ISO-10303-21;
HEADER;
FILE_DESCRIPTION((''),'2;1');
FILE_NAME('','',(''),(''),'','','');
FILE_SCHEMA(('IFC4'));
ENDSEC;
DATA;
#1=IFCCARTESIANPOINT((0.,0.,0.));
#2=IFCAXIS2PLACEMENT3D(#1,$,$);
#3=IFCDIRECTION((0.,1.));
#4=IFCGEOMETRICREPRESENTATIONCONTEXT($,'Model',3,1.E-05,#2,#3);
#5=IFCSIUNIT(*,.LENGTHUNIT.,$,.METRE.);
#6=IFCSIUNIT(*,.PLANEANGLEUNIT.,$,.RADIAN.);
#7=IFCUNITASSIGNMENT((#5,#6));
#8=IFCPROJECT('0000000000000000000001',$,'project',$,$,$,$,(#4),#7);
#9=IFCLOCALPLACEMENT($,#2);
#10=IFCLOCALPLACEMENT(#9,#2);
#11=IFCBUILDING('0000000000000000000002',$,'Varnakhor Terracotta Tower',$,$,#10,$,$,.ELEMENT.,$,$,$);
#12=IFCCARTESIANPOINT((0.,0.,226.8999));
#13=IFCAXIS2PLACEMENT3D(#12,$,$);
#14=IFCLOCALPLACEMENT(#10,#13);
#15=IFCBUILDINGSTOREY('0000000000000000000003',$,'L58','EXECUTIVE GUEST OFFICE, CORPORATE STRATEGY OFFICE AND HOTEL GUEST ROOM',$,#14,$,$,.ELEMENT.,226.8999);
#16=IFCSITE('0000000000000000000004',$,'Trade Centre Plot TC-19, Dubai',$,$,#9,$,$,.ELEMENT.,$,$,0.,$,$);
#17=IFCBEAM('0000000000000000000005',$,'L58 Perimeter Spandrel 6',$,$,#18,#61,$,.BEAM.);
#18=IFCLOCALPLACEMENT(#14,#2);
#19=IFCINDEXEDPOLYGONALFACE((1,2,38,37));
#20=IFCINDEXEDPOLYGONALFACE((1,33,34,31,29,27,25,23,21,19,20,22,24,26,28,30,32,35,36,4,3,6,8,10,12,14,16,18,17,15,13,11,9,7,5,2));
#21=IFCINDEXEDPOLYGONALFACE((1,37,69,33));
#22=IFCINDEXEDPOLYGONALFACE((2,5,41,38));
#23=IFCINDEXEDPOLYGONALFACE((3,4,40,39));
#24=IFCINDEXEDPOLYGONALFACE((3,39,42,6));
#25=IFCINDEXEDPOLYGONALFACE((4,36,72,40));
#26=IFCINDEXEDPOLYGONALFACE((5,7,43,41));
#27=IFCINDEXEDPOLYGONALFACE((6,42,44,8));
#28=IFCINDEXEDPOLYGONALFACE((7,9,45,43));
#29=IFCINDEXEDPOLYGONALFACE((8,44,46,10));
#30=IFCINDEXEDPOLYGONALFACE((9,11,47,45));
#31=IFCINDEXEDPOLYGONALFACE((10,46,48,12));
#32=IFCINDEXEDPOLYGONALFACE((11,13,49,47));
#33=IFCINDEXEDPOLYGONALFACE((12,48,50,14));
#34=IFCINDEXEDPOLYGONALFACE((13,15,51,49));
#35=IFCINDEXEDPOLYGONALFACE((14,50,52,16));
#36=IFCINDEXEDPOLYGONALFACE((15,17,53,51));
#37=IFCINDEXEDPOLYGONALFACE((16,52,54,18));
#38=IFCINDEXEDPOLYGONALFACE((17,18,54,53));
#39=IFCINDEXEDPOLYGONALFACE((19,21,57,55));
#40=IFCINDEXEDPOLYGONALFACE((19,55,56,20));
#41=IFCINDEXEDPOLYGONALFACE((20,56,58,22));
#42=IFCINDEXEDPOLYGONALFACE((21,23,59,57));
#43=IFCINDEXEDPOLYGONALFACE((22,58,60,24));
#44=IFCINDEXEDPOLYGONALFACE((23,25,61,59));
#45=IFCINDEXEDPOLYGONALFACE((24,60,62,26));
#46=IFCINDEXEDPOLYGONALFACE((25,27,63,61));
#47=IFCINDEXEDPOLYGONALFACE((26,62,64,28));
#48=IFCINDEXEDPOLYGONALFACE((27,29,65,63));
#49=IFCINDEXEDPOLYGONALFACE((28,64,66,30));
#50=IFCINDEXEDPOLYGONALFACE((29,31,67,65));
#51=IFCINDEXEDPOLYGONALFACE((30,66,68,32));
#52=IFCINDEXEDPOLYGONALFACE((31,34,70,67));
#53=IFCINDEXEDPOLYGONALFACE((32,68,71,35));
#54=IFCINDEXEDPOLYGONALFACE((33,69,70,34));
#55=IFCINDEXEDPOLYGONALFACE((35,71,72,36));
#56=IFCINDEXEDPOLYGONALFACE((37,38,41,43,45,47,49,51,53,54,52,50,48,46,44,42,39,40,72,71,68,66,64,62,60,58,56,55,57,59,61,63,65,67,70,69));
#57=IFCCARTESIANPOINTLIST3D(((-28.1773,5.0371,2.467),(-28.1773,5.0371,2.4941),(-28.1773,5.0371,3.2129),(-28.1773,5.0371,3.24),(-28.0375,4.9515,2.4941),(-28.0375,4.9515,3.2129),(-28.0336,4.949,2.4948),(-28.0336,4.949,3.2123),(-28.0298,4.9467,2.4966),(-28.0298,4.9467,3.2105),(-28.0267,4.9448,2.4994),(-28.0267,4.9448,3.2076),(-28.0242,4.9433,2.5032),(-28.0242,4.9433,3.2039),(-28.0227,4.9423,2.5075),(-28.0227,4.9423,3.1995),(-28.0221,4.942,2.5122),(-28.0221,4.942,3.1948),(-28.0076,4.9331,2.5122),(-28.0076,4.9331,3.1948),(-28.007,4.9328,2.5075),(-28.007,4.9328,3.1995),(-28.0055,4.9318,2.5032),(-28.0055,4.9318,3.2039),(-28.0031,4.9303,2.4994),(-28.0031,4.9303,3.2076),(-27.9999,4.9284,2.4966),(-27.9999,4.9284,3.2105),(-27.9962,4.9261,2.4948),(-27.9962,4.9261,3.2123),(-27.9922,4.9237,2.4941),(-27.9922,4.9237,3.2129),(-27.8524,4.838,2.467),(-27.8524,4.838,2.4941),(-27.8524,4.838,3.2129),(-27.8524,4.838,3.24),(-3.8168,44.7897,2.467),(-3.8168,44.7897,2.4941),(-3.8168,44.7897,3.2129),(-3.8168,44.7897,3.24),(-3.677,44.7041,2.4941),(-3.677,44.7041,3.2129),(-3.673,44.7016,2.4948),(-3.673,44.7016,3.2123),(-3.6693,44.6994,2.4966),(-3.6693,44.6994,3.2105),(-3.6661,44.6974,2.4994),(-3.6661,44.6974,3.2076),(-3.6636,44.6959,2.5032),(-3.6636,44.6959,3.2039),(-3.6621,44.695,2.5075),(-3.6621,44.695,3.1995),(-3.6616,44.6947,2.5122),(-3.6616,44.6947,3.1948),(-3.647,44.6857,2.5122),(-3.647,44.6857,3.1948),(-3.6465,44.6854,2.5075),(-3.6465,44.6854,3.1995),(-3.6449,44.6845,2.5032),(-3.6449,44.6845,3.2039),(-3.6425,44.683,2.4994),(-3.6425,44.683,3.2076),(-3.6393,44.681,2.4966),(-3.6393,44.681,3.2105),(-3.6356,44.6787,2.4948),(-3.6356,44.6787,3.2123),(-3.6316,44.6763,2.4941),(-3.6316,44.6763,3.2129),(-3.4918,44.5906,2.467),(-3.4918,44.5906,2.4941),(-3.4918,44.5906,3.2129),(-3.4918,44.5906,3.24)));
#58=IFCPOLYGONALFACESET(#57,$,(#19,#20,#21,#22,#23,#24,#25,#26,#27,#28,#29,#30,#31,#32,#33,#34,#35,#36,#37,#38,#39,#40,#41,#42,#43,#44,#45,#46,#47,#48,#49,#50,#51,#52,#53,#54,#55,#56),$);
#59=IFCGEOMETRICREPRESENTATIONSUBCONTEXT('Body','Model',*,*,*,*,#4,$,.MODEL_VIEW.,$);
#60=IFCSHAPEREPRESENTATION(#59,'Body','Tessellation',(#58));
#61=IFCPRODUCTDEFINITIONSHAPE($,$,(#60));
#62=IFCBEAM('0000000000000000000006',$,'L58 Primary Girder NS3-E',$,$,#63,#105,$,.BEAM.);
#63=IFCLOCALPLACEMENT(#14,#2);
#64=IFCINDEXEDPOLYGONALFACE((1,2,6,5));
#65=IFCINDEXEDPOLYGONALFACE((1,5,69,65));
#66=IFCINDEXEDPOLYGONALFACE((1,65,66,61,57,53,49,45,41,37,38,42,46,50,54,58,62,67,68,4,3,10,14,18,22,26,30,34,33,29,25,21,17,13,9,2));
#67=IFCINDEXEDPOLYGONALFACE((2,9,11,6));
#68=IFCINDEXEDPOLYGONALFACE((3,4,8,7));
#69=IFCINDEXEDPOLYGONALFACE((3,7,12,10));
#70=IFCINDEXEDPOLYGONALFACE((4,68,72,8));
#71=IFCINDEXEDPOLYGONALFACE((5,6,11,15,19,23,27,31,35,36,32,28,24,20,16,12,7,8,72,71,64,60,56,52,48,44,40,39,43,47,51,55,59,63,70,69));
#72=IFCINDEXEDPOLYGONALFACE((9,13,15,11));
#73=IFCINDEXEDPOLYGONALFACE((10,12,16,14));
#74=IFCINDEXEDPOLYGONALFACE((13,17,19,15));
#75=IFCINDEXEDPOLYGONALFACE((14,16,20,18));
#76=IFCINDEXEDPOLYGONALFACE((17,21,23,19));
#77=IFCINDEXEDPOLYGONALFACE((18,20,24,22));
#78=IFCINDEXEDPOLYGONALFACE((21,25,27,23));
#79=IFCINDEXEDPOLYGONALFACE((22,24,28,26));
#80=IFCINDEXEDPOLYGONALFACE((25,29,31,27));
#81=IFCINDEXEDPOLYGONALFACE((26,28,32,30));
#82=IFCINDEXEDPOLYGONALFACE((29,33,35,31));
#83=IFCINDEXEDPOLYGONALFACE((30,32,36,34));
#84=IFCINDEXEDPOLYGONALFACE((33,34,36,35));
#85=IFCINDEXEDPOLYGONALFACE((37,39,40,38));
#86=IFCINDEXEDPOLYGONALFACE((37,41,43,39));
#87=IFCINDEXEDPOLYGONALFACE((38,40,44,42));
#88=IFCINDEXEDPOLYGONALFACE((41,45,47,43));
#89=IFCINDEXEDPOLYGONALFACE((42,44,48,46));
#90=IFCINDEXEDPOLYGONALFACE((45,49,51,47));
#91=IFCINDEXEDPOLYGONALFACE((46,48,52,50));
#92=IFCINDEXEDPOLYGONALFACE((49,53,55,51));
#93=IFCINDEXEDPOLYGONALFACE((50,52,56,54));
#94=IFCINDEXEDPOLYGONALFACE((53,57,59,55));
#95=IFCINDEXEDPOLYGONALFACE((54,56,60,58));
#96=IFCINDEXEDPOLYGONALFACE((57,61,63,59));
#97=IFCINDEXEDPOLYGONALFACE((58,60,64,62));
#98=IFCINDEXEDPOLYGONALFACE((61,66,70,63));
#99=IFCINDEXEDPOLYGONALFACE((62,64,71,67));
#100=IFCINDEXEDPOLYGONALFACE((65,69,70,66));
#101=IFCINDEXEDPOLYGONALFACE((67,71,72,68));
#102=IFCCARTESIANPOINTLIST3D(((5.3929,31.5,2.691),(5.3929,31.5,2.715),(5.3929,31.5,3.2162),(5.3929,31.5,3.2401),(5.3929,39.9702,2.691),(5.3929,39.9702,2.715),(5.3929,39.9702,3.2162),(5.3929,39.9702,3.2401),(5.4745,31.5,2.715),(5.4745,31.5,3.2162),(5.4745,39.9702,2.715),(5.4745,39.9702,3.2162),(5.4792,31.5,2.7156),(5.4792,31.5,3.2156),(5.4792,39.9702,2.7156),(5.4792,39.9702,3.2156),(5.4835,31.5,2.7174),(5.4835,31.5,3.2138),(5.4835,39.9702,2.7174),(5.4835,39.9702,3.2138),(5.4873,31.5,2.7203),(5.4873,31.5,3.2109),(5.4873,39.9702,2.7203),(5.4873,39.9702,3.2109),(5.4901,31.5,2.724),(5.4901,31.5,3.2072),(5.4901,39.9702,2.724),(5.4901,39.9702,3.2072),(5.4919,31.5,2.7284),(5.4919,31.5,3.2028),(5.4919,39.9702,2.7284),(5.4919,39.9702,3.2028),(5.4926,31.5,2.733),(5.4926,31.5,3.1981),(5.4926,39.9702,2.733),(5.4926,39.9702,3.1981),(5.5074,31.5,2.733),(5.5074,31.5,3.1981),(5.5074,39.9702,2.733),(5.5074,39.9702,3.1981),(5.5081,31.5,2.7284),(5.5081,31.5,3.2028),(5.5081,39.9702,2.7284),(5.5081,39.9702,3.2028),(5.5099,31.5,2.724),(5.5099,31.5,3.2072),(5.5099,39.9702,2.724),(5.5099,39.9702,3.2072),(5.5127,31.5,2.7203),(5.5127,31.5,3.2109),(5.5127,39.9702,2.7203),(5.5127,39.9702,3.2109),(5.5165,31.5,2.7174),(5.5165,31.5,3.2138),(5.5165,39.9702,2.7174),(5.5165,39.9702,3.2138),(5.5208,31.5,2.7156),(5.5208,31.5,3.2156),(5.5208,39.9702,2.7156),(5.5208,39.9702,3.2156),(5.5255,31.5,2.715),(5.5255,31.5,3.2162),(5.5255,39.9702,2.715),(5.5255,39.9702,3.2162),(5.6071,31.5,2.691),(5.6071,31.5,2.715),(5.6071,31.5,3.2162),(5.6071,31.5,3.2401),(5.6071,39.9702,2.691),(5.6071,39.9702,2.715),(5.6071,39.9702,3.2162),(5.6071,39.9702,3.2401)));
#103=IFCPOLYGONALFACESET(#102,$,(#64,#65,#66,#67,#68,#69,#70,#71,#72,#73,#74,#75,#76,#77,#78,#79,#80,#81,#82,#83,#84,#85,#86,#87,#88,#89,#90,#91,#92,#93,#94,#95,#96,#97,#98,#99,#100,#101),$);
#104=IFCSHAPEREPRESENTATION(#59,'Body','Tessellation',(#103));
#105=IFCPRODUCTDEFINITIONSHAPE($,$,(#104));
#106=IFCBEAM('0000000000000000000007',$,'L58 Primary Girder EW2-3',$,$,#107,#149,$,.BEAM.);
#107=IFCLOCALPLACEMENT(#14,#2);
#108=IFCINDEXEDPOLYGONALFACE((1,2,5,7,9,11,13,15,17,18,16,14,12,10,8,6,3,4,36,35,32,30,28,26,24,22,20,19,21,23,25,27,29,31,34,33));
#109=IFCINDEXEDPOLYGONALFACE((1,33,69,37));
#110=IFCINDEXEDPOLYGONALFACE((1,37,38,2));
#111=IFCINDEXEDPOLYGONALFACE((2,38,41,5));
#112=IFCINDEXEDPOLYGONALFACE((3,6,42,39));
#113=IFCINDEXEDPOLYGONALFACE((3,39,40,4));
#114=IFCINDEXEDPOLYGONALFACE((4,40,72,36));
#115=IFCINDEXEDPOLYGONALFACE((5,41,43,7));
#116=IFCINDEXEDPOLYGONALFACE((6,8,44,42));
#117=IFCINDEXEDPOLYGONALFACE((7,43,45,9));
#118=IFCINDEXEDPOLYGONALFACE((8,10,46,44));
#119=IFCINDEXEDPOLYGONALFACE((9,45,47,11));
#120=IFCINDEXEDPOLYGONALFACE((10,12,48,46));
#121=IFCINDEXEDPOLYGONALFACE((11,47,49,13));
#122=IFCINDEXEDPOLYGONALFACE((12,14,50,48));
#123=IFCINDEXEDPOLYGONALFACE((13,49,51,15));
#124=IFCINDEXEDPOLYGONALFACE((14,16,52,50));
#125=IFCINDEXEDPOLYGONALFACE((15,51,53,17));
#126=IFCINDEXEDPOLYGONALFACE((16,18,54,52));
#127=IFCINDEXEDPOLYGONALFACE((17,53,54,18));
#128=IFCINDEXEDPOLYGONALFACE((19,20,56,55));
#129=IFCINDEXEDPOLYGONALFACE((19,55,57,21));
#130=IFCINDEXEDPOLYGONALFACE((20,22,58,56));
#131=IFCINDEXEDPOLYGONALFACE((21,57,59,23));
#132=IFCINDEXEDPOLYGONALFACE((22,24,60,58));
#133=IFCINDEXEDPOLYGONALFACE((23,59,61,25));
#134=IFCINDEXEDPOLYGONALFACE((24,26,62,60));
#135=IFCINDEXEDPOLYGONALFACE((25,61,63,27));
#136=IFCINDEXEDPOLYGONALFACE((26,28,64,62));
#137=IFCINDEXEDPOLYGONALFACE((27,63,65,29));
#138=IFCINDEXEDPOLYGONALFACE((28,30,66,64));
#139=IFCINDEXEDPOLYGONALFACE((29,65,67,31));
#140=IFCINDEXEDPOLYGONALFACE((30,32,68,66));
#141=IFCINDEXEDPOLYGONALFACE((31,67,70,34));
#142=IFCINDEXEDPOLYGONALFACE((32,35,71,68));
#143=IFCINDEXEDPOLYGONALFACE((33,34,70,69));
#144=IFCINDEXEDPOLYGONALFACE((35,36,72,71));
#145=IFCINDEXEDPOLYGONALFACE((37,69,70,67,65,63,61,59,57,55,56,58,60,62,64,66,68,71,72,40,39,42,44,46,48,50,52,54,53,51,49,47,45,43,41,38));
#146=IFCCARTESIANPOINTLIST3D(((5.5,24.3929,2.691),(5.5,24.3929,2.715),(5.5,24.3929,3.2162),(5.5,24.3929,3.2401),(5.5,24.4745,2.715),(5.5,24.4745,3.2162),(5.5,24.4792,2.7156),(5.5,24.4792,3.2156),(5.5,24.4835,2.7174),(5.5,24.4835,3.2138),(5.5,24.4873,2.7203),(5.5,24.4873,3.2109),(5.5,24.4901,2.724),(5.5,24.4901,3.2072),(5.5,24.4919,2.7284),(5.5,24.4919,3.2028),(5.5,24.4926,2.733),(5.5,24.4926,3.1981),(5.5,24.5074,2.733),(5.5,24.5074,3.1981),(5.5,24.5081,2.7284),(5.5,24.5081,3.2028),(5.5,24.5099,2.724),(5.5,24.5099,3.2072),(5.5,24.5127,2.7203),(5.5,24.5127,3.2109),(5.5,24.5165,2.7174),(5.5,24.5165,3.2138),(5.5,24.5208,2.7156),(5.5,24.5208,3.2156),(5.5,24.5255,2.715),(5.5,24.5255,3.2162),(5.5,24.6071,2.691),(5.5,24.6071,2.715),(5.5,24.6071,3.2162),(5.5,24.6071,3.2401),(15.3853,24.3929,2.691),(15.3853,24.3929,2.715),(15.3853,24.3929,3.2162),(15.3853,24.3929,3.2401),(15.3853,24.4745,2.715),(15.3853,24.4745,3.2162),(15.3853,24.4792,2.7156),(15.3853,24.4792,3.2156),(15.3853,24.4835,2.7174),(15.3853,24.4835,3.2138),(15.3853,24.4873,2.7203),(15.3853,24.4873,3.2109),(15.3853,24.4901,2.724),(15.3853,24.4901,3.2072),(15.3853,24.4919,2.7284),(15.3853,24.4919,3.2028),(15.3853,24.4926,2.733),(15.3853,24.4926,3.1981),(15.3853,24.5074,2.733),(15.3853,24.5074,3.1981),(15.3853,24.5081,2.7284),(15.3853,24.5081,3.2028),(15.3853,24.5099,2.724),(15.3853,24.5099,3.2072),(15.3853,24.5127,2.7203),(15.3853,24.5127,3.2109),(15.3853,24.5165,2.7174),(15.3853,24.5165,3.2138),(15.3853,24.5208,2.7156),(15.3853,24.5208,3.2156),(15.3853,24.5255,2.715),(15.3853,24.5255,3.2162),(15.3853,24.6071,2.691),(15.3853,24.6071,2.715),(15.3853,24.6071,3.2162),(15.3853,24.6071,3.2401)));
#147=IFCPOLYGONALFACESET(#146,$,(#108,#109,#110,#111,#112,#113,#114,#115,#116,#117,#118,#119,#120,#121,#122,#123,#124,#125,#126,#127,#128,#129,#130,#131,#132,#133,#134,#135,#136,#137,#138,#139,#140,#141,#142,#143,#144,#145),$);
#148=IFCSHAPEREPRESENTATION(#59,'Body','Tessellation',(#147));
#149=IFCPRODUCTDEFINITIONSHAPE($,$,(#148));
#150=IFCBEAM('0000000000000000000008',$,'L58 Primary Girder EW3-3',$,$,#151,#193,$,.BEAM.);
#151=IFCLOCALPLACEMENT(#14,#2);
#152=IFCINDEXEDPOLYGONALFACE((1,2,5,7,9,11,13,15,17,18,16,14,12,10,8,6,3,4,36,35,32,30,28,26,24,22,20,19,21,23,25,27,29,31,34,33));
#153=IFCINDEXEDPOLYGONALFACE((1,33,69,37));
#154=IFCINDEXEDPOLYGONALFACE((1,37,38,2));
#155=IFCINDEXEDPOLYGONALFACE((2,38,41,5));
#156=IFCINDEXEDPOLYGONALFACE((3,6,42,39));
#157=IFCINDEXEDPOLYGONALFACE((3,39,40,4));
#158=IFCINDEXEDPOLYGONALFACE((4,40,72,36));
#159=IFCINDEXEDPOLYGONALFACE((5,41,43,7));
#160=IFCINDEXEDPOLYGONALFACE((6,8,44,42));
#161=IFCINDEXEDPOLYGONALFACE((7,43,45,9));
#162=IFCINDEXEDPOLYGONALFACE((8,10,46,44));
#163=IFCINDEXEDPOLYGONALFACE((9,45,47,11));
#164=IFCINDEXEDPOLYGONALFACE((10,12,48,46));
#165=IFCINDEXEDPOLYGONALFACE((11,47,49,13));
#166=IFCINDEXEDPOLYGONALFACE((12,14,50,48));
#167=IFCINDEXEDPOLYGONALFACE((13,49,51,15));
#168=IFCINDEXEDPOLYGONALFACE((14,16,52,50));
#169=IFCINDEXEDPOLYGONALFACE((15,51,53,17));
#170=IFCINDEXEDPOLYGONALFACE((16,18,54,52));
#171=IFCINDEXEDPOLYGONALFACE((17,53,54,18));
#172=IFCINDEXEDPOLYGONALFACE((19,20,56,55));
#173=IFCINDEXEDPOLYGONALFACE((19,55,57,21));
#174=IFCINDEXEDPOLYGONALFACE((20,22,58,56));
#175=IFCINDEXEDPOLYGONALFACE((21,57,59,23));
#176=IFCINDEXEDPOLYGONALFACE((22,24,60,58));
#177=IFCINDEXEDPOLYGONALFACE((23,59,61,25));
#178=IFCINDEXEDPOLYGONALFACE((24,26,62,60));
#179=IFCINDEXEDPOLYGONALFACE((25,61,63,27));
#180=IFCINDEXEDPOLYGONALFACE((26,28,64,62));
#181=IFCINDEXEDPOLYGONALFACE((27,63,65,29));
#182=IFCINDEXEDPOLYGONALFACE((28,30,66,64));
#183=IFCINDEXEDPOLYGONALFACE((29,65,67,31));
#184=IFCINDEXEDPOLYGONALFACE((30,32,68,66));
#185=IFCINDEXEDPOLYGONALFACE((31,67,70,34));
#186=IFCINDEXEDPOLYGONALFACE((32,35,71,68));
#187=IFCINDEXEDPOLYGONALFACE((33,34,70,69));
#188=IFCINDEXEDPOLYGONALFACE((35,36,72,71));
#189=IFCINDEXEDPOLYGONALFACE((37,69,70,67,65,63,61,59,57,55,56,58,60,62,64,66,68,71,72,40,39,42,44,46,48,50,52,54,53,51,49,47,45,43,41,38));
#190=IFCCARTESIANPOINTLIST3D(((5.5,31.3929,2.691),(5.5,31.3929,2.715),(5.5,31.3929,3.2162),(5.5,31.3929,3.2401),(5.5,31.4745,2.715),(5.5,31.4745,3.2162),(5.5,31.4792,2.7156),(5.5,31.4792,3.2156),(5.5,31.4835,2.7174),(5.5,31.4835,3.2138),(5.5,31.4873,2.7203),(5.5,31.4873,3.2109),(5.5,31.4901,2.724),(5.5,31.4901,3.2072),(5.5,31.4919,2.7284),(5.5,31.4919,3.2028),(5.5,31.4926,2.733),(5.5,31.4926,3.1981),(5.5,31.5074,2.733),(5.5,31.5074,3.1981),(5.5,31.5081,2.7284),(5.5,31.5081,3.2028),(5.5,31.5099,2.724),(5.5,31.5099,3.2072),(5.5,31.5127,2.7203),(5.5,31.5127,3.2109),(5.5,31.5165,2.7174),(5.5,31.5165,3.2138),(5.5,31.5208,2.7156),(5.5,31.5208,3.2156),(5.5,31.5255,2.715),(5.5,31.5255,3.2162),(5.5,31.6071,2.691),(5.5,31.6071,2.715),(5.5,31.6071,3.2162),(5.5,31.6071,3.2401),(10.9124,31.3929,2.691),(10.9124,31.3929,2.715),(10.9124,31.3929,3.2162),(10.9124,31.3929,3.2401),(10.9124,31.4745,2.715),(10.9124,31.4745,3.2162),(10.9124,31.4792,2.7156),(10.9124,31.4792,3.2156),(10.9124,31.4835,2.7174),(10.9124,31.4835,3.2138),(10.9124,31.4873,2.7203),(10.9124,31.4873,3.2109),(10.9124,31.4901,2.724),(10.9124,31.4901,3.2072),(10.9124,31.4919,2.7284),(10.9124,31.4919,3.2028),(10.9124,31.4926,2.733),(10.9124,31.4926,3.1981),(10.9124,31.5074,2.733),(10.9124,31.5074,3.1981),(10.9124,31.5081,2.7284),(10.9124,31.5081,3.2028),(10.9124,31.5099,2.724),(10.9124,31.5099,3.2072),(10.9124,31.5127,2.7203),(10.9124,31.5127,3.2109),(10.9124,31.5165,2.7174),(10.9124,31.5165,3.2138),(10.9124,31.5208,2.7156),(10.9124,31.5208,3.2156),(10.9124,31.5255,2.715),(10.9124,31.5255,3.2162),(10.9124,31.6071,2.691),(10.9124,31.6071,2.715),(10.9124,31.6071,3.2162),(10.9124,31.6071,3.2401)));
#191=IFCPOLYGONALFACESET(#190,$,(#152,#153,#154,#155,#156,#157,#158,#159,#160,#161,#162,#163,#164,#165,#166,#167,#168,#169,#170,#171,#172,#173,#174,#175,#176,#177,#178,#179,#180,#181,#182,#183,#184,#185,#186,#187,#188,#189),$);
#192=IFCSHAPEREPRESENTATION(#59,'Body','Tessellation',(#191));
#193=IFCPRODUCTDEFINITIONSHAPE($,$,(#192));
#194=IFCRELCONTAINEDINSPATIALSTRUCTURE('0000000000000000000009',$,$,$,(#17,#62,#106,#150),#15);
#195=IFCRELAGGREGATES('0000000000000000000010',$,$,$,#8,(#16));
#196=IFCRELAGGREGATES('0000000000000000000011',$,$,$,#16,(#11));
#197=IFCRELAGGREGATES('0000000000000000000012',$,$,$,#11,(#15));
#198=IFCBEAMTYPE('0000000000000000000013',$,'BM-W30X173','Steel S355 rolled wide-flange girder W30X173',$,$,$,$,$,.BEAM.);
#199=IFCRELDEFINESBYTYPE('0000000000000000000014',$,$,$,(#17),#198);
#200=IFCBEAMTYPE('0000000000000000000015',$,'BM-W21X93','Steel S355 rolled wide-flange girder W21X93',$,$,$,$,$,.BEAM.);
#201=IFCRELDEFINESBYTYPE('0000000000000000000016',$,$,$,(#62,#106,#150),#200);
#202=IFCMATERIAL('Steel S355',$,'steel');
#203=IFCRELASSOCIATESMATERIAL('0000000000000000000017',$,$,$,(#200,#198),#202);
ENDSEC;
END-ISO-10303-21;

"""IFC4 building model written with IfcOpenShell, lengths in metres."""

from ifc_helpers import new_model, si_unit, direction, frame, origin, origin_2d, place, context, subcontext, project, spatial, i_section, extrude, source, transform, mapped, material, material_profile, profile_set, type_object, element, save


model = new_model("IFC4")

# Units and contexts
model_context = context("Model", 3, precision=1e-05, world=origin(), true_north=direction((0.0, 1.0)))
body_context = subcontext(model_context, "Body", "Model", "MODEL_VIEW")
ifc_project = project(units=[si_unit("LENGTHUNIT", "METRE"), si_unit("PLANEANGLEUNIT", "RADIAN")], contexts=[model_context])

# Site, building, storey
site_placement = place(None, origin())
site = spatial("IfcSite", under=ifc_project, at=site_placement, Name="Trade Centre Plot TC-19, Dubai", CompositionType="ELEMENT", RefElevation=0.0)
building_placement = place(site_placement, origin())
building = spatial("IfcBuilding", under=site, at=building_placement, Name="Varnakhor Terracotta Tower", CompositionType="ELEMENT")
storey_placement = place(building_placement, frame((0.0, 0.0, 226.8999)))
storey = spatial("IfcBuildingStorey", under=building, at=storey_placement, Name="L58", Description="EXECUTIVE GUEST OFFICE, CORPORATE STRATEGY OFFICE AND HOTEL GUEST ROOM", CompositionType="ELEMENT", Elevation=226.8999)

# Beams
ifc_material_1 = material(Name="Steel S355", Category="steel")
ifc_material_profile_1 = material_profile(ifc_material_1, i_section(OverallWidth=0.2141, OverallDepth=0.5491, WebThickness=0.0149, FlangeThickness=0.0239, FilletRadius=0.0181, at=origin_2d()), Name="W21X93")
ifc_profile_set_1 = profile_set([ifc_material_profile_1], Name="Steel S355")
beam_type_1 = type_object("IfcBeamType", Name="BM-W21X93", Description="Steel S355 rolled wide-flange girder W21X93", PredefinedType="BEAM", material=ifc_profile_set_1)
ifc_material_profile_2 = material_profile(ifc_material_1, i_section(OverallWidth=0.3811, OverallDepth=0.7729, WebThickness=0.0171, FlangeThickness=0.0271, FilletRadius=0.0181, at=origin_2d()), Name="W30X173")
ifc_profile_set_2 = profile_set([ifc_material_profile_2], Name="Steel S355")
beam_type_2 = type_object("IfcBeamType", Name="BM-W30X173", Description="Steel S355 rolled wide-flange girder W30X173", PredefinedType="BEAM", material=ifc_profile_set_2)
shared_shape_1 = source(origin(), body_context, "Body", "SweptSolid", [
    extrude(i_section(OverallWidth=0.3811, OverallDepth=0.7729, WebThickness=0.0171, FlangeThickness=0.0271, FilletRadius=0.0181, at=origin_2d()), origin(), (0.0, 0.0, 1.0), 46.623),
])
beam_1_placement = place(storey_placement, frame((-3.6543, 44.6902, 2.8535), z_axis=(-0.5225, -0.852639, 0.0), x_axis=(0.852639, -0.5225, 0.0)))
element("IfcBeam", 1, at=beam_1_placement, inside=storey, type_object=beam_type_2, Name="L58 Perimeter Spandrel 6", PredefinedType="BEAM", context=body_context, shape_type="MappedRepresentation", body=[
    mapped(shared_shape_1, transform((0.0, 0.0, 0.0), scale=1.0)),
])
shared_shape_2 = source(origin(), body_context, "Body", "SweptSolid", [
    extrude(i_section(OverallWidth=0.2141, OverallDepth=0.5491, WebThickness=0.0149, FlangeThickness=0.0239, FilletRadius=0.0181, at=origin_2d()), origin(), (0.0, 0.0, 1.0), 8.4702),
])
beam_2_placement = place(storey_placement, frame((5.5, 31.5, 2.9656), z_axis=(0.0, 1.0, 0.0), x_axis=(-1.0, 0.0, 0.0)))
element("IfcBeam", 2, at=beam_2_placement, inside=storey, type_object=beam_type_1, Name="L58 Primary Girder NS3-E", PredefinedType="BEAM", context=body_context, shape_type="MappedRepresentation", body=[
    mapped(shared_shape_2, transform((0.0, 0.0, 0.0), scale=1.0)),
])
shared_shape_3 = source(origin(), body_context, "Body", "SweptSolid", [
    extrude(i_section(OverallWidth=0.2141, OverallDepth=0.5491, WebThickness=0.0149, FlangeThickness=0.0239, FilletRadius=0.0181, at=origin_2d()), origin(), (0.0, 0.0, 1.0), 9.8853),
])
beam_3_placement = place(storey_placement, frame((5.5, 24.5, 2.9656), z_axis=(1.0, 0.0, 0.0), x_axis=(0.0, 1.0, 0.0)))
element("IfcBeam", 3, at=beam_3_placement, inside=storey, type_object=beam_type_1, Name="L58 Primary Girder EW2-3", PredefinedType="BEAM", context=body_context, shape_type="MappedRepresentation", body=[
    mapped(shared_shape_3, transform((0.0, 0.0, 0.0), scale=1.0)),
])
shared_shape_4 = source(origin(), body_context, "Body", "SweptSolid", [
    extrude(i_section(OverallWidth=0.2141, OverallDepth=0.5491, WebThickness=0.0149, FlangeThickness=0.0239, FilletRadius=0.0181, at=origin_2d()), origin(), (0.0, 0.0, 1.0), 5.4124),
])
beam_4_placement = place(storey_placement, frame((5.5, 31.5, 2.9656), z_axis=(1.0, 0.0, 0.0), x_axis=(0.0, 1.0, 0.0)))
element("IfcBeam", 4, at=beam_4_placement, inside=storey, type_object=beam_type_1, Name="L58 Primary Girder EW3-3", PredefinedType="BEAM", context=body_context, shape_type="MappedRepresentation", body=[
    mapped(shared_shape_4, transform((0.0, 0.0, 0.0), scale=1.0)),
])

save(model, "model.ifc")
